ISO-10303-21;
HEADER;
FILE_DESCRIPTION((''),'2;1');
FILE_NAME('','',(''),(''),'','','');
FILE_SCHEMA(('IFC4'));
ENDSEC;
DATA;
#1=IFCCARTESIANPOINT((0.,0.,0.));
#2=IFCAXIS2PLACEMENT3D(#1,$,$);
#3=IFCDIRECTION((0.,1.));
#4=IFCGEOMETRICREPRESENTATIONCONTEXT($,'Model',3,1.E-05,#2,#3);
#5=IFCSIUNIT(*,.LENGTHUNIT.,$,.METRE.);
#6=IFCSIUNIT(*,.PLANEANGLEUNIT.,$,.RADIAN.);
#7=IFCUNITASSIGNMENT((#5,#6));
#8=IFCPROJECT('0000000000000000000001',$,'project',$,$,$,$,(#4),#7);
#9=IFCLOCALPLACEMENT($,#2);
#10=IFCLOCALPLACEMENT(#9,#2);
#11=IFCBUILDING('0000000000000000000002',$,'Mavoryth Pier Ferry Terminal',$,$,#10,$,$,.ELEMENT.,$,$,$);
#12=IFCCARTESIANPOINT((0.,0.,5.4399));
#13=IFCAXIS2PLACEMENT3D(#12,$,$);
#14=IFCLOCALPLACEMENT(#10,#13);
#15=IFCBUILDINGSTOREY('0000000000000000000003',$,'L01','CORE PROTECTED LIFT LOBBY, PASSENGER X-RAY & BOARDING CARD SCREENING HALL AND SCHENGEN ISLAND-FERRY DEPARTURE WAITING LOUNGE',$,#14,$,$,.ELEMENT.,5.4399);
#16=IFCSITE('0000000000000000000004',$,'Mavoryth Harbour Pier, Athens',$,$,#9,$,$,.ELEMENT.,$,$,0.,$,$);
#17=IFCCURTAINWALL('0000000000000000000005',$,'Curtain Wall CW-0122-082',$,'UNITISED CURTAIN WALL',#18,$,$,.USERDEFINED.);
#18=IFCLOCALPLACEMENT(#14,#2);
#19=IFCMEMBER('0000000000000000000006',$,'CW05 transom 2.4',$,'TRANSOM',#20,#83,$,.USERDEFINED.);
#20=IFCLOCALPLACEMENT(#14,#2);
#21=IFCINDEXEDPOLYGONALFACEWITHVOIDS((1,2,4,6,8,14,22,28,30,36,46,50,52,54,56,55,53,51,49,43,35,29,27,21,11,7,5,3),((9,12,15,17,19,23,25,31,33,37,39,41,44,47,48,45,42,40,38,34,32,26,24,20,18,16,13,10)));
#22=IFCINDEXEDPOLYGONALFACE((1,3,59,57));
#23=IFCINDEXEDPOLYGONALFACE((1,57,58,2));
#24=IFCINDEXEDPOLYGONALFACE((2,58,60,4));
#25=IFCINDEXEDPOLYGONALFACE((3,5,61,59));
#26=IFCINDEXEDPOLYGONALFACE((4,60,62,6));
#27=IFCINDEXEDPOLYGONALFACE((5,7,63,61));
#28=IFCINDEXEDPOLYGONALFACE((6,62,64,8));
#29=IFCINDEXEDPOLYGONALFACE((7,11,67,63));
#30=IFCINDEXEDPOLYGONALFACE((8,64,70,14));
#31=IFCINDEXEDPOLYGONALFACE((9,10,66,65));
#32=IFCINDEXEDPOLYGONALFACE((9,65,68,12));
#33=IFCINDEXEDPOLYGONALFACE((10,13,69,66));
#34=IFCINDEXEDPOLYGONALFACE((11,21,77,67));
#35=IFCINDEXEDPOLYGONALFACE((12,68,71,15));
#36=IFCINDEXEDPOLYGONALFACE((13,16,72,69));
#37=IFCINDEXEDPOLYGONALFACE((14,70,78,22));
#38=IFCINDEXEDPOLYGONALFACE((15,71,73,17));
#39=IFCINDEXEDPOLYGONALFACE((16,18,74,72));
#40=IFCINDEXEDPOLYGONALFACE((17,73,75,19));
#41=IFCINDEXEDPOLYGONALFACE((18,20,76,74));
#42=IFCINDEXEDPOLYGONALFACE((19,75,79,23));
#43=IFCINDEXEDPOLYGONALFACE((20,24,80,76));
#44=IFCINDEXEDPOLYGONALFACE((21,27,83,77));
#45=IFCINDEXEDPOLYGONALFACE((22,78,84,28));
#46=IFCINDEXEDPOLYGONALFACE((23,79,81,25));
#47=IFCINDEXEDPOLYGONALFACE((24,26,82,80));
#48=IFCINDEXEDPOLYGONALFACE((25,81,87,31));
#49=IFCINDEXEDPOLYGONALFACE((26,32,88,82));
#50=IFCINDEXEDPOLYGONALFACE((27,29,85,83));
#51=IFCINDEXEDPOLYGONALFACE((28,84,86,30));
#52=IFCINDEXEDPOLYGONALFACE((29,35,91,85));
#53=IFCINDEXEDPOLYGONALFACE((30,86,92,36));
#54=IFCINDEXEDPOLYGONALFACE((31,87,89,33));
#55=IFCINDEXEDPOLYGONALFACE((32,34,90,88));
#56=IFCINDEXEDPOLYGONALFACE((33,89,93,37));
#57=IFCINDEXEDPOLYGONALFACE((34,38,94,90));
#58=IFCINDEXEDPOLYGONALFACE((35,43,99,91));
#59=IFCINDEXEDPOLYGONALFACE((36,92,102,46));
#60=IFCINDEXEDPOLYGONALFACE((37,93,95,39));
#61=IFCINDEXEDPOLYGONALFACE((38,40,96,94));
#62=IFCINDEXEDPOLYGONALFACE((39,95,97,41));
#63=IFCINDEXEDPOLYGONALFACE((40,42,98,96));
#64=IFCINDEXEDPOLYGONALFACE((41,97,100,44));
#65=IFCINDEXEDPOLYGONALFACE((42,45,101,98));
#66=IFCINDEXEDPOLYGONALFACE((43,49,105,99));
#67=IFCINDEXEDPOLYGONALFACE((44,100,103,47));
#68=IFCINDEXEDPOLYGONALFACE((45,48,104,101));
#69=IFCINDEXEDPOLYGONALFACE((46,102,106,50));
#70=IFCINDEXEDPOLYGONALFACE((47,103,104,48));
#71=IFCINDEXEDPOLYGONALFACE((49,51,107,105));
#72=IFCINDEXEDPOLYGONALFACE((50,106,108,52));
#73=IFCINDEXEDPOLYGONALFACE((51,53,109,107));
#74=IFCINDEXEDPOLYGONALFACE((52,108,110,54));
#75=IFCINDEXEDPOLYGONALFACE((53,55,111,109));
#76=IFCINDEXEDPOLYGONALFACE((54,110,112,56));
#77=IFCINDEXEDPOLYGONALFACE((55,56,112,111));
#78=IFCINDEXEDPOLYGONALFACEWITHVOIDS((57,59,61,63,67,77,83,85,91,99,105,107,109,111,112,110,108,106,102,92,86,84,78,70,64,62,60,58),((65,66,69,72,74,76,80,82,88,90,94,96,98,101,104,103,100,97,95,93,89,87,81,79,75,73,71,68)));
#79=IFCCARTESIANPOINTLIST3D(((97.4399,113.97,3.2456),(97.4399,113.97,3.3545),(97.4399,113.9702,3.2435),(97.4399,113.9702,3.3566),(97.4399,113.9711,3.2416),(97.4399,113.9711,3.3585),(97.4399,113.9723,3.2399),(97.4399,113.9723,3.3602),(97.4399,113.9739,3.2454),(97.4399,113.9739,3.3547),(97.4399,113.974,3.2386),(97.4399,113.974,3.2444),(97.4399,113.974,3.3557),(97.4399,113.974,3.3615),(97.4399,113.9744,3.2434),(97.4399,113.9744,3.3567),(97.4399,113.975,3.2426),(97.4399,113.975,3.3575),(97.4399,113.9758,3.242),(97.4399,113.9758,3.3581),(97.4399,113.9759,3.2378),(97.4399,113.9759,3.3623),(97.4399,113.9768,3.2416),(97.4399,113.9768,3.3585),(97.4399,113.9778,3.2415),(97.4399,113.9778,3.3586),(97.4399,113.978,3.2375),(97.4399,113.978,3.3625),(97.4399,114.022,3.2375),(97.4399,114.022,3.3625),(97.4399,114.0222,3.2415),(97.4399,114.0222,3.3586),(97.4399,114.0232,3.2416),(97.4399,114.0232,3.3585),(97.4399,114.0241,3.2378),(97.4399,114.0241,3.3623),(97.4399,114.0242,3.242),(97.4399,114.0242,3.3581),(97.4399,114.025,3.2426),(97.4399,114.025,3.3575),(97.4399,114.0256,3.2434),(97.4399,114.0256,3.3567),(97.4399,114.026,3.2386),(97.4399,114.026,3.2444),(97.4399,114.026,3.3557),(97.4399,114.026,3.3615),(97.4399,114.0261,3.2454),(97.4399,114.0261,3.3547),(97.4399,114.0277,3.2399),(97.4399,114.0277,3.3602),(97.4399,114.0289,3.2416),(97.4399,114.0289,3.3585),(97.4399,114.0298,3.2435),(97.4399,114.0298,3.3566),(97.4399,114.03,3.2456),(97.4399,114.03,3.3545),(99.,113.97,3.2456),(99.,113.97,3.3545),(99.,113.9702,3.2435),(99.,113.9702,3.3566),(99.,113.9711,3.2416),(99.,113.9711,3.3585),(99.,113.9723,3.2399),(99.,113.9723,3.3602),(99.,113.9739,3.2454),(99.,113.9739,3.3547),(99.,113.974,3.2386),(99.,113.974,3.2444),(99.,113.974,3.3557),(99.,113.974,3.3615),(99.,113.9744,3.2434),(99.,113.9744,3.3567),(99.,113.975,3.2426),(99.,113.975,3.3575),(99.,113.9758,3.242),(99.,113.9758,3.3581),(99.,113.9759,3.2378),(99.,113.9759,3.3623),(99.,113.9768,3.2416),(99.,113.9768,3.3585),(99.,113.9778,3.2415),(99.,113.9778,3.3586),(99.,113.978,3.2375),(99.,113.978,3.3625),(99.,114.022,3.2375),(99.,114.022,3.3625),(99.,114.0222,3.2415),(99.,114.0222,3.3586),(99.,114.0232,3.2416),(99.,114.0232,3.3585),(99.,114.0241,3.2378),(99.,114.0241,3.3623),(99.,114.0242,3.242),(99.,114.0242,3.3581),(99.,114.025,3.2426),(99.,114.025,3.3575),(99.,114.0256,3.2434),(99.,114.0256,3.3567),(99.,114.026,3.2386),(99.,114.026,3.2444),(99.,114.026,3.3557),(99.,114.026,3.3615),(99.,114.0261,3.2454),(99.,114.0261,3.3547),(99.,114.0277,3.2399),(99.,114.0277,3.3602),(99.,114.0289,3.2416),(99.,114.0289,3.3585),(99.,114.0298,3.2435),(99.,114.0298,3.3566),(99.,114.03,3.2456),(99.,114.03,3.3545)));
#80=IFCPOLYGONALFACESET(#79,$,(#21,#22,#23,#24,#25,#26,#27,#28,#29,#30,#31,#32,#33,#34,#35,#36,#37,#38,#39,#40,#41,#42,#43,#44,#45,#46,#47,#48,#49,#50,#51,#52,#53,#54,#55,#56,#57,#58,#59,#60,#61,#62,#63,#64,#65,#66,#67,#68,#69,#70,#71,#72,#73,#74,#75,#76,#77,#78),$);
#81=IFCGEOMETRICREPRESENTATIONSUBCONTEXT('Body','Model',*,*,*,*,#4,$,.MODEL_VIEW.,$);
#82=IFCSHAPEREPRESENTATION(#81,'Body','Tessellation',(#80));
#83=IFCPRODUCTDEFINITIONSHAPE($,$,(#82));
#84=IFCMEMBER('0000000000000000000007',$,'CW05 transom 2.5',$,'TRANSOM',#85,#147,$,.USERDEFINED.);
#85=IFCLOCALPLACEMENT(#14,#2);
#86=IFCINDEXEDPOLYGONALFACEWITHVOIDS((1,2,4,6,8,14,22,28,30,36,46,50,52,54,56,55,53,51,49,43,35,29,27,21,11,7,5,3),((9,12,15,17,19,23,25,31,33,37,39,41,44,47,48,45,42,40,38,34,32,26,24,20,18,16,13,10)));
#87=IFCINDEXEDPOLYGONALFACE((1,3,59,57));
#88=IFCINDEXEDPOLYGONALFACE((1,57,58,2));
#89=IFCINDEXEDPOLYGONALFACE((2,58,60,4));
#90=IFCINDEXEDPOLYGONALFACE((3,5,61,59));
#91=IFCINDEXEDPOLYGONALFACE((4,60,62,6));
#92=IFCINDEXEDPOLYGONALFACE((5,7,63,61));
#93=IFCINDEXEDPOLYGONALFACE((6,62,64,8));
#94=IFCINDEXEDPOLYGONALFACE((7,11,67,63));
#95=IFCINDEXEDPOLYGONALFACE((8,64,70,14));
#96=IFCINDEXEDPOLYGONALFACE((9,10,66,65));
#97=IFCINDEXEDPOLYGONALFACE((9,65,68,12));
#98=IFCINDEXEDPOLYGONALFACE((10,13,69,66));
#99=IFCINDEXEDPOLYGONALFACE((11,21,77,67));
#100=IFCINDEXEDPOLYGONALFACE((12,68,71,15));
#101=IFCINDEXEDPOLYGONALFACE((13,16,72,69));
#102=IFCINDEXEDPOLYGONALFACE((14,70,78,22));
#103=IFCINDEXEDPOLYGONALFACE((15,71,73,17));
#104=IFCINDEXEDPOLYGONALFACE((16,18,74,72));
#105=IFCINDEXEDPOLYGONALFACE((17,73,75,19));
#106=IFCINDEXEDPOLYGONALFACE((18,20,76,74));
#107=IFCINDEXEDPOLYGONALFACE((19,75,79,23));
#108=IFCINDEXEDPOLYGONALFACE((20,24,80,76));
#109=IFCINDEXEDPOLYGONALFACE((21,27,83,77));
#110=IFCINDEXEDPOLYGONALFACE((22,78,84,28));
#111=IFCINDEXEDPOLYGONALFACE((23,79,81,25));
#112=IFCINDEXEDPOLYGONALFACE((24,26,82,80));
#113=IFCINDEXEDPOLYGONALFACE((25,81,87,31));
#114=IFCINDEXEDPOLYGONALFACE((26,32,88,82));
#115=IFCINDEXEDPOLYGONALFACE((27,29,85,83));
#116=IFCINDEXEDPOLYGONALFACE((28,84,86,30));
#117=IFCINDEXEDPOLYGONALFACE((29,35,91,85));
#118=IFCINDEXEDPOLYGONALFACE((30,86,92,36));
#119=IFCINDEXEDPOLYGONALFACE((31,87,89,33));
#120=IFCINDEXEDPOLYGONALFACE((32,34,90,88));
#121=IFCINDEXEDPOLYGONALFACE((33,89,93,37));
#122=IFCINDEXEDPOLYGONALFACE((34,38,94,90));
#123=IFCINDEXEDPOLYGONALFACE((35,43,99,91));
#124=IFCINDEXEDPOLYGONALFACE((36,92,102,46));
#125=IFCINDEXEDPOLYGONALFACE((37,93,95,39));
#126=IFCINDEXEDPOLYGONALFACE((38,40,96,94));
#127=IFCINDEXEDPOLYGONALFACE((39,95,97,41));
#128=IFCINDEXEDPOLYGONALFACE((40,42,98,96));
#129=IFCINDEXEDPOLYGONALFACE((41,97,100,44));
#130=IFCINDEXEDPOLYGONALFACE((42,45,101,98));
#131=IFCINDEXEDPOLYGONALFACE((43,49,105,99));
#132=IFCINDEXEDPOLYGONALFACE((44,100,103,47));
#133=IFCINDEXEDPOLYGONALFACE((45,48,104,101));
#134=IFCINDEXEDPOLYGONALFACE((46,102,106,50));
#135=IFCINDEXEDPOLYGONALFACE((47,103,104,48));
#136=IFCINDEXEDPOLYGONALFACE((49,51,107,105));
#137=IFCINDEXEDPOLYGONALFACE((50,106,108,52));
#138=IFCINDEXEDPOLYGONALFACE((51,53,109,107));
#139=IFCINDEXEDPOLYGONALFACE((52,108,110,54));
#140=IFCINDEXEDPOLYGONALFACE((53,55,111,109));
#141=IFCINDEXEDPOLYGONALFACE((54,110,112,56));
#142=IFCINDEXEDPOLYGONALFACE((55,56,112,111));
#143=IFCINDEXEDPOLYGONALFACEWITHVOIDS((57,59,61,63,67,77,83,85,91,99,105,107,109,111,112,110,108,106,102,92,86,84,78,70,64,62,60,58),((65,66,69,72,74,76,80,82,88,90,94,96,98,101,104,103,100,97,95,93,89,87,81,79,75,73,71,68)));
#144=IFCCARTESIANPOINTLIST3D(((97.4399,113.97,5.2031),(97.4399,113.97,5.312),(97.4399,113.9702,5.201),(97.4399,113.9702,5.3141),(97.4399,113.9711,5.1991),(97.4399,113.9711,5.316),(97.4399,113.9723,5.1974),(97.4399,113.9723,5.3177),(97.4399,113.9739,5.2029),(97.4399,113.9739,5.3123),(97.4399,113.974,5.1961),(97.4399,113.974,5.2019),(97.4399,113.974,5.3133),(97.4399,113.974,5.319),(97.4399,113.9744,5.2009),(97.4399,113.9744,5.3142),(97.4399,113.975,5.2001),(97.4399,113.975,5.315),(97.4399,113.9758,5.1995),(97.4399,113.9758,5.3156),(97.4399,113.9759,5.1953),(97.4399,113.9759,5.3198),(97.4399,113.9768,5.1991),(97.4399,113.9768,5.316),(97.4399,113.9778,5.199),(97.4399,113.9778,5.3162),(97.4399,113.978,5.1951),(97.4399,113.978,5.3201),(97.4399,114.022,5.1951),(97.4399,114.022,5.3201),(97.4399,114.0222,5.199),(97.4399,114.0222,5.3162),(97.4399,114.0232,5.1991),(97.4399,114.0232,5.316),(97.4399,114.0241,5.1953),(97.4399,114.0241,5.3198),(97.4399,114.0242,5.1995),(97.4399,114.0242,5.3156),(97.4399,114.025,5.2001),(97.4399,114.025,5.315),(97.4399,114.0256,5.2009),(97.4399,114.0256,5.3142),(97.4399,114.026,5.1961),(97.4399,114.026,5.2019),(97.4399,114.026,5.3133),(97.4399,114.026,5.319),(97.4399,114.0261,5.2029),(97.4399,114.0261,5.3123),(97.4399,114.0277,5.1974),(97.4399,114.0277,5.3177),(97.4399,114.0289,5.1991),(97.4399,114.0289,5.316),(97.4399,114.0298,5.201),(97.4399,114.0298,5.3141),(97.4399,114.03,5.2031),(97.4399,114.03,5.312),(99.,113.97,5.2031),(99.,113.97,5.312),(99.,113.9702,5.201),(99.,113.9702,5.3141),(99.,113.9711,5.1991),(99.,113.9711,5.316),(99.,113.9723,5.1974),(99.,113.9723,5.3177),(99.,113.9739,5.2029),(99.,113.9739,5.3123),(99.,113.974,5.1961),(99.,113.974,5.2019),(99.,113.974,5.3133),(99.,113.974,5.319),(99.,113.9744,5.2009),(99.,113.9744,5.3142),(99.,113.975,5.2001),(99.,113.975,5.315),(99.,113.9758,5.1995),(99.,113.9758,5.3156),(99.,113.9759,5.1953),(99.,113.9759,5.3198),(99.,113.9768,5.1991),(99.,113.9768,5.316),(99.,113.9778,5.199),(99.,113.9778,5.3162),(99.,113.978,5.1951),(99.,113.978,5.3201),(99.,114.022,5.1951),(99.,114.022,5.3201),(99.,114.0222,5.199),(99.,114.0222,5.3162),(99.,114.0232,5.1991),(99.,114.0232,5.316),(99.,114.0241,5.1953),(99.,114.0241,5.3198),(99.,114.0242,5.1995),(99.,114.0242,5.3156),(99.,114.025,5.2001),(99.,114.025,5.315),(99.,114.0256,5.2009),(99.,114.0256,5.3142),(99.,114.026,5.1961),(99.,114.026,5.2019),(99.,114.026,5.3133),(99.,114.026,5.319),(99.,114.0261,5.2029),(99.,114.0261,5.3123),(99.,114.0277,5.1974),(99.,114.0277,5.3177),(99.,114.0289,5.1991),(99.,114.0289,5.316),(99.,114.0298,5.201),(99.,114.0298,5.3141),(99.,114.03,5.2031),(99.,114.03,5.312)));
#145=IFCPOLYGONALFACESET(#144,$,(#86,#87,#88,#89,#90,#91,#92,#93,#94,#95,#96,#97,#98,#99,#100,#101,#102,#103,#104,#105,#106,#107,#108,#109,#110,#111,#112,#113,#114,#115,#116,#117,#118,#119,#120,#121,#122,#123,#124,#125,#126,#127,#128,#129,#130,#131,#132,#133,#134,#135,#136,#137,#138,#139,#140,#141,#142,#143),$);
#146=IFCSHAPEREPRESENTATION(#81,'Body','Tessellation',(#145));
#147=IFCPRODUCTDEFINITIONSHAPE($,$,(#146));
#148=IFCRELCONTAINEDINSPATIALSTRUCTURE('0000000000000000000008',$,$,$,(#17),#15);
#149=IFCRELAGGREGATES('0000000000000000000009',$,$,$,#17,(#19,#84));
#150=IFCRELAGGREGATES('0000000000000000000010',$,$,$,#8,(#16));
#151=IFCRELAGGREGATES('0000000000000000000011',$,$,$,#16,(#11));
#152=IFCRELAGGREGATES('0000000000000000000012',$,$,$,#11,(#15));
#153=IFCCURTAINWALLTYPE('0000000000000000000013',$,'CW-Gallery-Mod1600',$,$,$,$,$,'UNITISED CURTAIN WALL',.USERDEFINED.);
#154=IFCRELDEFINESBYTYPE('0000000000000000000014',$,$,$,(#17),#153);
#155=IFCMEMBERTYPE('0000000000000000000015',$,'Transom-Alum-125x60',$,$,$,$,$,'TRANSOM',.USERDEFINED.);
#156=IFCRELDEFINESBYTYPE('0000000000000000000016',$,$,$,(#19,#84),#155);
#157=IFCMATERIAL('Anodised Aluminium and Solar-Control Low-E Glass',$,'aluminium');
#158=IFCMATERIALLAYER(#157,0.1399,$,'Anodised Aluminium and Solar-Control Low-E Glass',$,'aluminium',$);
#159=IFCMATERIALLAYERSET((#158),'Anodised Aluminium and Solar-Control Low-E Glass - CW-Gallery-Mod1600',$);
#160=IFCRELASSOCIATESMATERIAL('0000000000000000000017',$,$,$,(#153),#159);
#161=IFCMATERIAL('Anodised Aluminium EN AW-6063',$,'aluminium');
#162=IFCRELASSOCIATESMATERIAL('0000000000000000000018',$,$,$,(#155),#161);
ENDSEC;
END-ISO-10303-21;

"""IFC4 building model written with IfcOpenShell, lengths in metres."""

from ifc_helpers import new_model, si_unit, direction, frame, origin, origin_2d, place, context, subcontext, project, spatial, hollow_rectangle, extrude, material, layer, layer_set, material_profile, profile_set, type_object, element, aggregate, save


model = new_model("IFC4")

# Units and contexts
model_context = context("Model", 3, precision=1e-05, world=origin(), true_north=direction((0.0, 1.0)))
body_context = subcontext(model_context, "Body", "Model", "MODEL_VIEW")
ifc_project = project(units=[si_unit("LENGTHUNIT", "METRE"), si_unit("PLANEANGLEUNIT", "RADIAN")], contexts=[model_context])

# Site, building, storey
site_placement = place(None, origin())
site = spatial("IfcSite", under=ifc_project, at=site_placement, Name="Mavoryth Harbour Pier, Athens", CompositionType="ELEMENT", RefElevation=0.0)
building_placement = place(site_placement, origin())
building = spatial("IfcBuilding", under=site, at=building_placement, Name="Mavoryth Pier Ferry Terminal", CompositionType="ELEMENT")
storey_placement = place(building_placement, frame((0.0, 0.0, 5.4399)))
storey = spatial("IfcBuildingStorey", under=building, at=storey_placement, Name="L01", Description="CORE PROTECTED LIFT LOBBY, PASSENGER X-RAY & BOARDING CARD SCREENING HALL AND SCHENGEN ISLAND-FERRY DEPARTURE WAITING LOUNGE", CompositionType="ELEMENT", Elevation=5.4399)

# Curtain wall, members
ifc_material_1 = material(Name="Anodised Aluminium and Solar-Control Low-E Glass", Category="aluminium")
ifc_layer_1 = layer(ifc_material_1, 0.1399, Name="Anodised Aluminium and Solar-Control Low-E Glass", Category="aluminium")
ifc_layer_set_1 = layer_set([ifc_layer_1], Name="Anodised Aluminium and Solar-Control Low-E Glass - CW-Gallery-Mod1600")
curtain_wall_type = type_object("IfcCurtainWallType", Name="CW-Gallery-Mod1600", ElementType="UNITISED CURTAIN WALL", PredefinedType="USERDEFINED", material=ifc_layer_set_1)
curtain_wall_placement = place(storey_placement, origin())
curtain_wall = element("IfcCurtainWall", 1, at=curtain_wall_placement, inside=storey, type_object=curtain_wall_type, Name="Curtain Wall CW-0122-082", ObjectType="UNITISED CURTAIN WALL", PredefinedType="USERDEFINED")
ifc_material_2 = material(Name="Anodised Aluminium EN AW-6063", Category="aluminium")
ifc_material_profile_1 = material_profile(ifc_material_2, hollow_rectangle(XDim=0.0601, YDim=0.125, WallThickness=0.0039, InnerFilletRadius=0.0039, OuterFilletRadius=0.0081, at=origin_2d()), Name="AL-TRAN 125x60x4", Category="aluminium")
ifc_profile_set_1 = profile_set([ifc_material_profile_1], Name="Anodised Aluminium EN AW-6063 - AL-TRAN 125x60x4")
member_type_1 = type_object("IfcMemberType", Name="Transom-Alum-125x60", ElementType="TRANSOM", PredefinedType="USERDEFINED", material=ifc_profile_set_1)
member_1_placement = place(storey_placement, frame((99.0, 114.0, 3.3), z_axis=(-1.0, 0.0, 0.0), x_axis=(0.0, -1.0, 0.0)))
member_1 = element("IfcMember", 2, at=member_1_placement, type_object=member_type_1, Name="CW05 transom 2.4", ObjectType="TRANSOM", PredefinedType="USERDEFINED", context=body_context, shape_type="SweptSolid", body=[
    extrude(hollow_rectangle(XDim=0.0601, YDim=0.125, WallThickness=0.0039, InnerFilletRadius=0.0039, OuterFilletRadius=0.0081, at=origin_2d()), origin(), (0.0, 0.0, 1.0), 1.5601),
])
member_2_placement = place(storey_placement, frame((99.0, 114.0, 5.2576), z_axis=(-1.0, 0.0, 0.0), x_axis=(0.0, -1.0, 0.0)))
member_2 = element("IfcMember", 3, at=member_2_placement, type_object=member_type_1, Name="CW05 transom 2.5", ObjectType="TRANSOM", PredefinedType="USERDEFINED", context=body_context, shape_type="SweptSolid", body=[
    extrude(hollow_rectangle(XDim=0.0601, YDim=0.125, WallThickness=0.0039, InnerFilletRadius=0.0039, OuterFilletRadius=0.0081, at=origin_2d()), origin(), (0.0, 0.0, 1.0), 1.5601),
])
aggregate(curtain_wall, [member_1, member_2])

save(model, "model.ifc")
